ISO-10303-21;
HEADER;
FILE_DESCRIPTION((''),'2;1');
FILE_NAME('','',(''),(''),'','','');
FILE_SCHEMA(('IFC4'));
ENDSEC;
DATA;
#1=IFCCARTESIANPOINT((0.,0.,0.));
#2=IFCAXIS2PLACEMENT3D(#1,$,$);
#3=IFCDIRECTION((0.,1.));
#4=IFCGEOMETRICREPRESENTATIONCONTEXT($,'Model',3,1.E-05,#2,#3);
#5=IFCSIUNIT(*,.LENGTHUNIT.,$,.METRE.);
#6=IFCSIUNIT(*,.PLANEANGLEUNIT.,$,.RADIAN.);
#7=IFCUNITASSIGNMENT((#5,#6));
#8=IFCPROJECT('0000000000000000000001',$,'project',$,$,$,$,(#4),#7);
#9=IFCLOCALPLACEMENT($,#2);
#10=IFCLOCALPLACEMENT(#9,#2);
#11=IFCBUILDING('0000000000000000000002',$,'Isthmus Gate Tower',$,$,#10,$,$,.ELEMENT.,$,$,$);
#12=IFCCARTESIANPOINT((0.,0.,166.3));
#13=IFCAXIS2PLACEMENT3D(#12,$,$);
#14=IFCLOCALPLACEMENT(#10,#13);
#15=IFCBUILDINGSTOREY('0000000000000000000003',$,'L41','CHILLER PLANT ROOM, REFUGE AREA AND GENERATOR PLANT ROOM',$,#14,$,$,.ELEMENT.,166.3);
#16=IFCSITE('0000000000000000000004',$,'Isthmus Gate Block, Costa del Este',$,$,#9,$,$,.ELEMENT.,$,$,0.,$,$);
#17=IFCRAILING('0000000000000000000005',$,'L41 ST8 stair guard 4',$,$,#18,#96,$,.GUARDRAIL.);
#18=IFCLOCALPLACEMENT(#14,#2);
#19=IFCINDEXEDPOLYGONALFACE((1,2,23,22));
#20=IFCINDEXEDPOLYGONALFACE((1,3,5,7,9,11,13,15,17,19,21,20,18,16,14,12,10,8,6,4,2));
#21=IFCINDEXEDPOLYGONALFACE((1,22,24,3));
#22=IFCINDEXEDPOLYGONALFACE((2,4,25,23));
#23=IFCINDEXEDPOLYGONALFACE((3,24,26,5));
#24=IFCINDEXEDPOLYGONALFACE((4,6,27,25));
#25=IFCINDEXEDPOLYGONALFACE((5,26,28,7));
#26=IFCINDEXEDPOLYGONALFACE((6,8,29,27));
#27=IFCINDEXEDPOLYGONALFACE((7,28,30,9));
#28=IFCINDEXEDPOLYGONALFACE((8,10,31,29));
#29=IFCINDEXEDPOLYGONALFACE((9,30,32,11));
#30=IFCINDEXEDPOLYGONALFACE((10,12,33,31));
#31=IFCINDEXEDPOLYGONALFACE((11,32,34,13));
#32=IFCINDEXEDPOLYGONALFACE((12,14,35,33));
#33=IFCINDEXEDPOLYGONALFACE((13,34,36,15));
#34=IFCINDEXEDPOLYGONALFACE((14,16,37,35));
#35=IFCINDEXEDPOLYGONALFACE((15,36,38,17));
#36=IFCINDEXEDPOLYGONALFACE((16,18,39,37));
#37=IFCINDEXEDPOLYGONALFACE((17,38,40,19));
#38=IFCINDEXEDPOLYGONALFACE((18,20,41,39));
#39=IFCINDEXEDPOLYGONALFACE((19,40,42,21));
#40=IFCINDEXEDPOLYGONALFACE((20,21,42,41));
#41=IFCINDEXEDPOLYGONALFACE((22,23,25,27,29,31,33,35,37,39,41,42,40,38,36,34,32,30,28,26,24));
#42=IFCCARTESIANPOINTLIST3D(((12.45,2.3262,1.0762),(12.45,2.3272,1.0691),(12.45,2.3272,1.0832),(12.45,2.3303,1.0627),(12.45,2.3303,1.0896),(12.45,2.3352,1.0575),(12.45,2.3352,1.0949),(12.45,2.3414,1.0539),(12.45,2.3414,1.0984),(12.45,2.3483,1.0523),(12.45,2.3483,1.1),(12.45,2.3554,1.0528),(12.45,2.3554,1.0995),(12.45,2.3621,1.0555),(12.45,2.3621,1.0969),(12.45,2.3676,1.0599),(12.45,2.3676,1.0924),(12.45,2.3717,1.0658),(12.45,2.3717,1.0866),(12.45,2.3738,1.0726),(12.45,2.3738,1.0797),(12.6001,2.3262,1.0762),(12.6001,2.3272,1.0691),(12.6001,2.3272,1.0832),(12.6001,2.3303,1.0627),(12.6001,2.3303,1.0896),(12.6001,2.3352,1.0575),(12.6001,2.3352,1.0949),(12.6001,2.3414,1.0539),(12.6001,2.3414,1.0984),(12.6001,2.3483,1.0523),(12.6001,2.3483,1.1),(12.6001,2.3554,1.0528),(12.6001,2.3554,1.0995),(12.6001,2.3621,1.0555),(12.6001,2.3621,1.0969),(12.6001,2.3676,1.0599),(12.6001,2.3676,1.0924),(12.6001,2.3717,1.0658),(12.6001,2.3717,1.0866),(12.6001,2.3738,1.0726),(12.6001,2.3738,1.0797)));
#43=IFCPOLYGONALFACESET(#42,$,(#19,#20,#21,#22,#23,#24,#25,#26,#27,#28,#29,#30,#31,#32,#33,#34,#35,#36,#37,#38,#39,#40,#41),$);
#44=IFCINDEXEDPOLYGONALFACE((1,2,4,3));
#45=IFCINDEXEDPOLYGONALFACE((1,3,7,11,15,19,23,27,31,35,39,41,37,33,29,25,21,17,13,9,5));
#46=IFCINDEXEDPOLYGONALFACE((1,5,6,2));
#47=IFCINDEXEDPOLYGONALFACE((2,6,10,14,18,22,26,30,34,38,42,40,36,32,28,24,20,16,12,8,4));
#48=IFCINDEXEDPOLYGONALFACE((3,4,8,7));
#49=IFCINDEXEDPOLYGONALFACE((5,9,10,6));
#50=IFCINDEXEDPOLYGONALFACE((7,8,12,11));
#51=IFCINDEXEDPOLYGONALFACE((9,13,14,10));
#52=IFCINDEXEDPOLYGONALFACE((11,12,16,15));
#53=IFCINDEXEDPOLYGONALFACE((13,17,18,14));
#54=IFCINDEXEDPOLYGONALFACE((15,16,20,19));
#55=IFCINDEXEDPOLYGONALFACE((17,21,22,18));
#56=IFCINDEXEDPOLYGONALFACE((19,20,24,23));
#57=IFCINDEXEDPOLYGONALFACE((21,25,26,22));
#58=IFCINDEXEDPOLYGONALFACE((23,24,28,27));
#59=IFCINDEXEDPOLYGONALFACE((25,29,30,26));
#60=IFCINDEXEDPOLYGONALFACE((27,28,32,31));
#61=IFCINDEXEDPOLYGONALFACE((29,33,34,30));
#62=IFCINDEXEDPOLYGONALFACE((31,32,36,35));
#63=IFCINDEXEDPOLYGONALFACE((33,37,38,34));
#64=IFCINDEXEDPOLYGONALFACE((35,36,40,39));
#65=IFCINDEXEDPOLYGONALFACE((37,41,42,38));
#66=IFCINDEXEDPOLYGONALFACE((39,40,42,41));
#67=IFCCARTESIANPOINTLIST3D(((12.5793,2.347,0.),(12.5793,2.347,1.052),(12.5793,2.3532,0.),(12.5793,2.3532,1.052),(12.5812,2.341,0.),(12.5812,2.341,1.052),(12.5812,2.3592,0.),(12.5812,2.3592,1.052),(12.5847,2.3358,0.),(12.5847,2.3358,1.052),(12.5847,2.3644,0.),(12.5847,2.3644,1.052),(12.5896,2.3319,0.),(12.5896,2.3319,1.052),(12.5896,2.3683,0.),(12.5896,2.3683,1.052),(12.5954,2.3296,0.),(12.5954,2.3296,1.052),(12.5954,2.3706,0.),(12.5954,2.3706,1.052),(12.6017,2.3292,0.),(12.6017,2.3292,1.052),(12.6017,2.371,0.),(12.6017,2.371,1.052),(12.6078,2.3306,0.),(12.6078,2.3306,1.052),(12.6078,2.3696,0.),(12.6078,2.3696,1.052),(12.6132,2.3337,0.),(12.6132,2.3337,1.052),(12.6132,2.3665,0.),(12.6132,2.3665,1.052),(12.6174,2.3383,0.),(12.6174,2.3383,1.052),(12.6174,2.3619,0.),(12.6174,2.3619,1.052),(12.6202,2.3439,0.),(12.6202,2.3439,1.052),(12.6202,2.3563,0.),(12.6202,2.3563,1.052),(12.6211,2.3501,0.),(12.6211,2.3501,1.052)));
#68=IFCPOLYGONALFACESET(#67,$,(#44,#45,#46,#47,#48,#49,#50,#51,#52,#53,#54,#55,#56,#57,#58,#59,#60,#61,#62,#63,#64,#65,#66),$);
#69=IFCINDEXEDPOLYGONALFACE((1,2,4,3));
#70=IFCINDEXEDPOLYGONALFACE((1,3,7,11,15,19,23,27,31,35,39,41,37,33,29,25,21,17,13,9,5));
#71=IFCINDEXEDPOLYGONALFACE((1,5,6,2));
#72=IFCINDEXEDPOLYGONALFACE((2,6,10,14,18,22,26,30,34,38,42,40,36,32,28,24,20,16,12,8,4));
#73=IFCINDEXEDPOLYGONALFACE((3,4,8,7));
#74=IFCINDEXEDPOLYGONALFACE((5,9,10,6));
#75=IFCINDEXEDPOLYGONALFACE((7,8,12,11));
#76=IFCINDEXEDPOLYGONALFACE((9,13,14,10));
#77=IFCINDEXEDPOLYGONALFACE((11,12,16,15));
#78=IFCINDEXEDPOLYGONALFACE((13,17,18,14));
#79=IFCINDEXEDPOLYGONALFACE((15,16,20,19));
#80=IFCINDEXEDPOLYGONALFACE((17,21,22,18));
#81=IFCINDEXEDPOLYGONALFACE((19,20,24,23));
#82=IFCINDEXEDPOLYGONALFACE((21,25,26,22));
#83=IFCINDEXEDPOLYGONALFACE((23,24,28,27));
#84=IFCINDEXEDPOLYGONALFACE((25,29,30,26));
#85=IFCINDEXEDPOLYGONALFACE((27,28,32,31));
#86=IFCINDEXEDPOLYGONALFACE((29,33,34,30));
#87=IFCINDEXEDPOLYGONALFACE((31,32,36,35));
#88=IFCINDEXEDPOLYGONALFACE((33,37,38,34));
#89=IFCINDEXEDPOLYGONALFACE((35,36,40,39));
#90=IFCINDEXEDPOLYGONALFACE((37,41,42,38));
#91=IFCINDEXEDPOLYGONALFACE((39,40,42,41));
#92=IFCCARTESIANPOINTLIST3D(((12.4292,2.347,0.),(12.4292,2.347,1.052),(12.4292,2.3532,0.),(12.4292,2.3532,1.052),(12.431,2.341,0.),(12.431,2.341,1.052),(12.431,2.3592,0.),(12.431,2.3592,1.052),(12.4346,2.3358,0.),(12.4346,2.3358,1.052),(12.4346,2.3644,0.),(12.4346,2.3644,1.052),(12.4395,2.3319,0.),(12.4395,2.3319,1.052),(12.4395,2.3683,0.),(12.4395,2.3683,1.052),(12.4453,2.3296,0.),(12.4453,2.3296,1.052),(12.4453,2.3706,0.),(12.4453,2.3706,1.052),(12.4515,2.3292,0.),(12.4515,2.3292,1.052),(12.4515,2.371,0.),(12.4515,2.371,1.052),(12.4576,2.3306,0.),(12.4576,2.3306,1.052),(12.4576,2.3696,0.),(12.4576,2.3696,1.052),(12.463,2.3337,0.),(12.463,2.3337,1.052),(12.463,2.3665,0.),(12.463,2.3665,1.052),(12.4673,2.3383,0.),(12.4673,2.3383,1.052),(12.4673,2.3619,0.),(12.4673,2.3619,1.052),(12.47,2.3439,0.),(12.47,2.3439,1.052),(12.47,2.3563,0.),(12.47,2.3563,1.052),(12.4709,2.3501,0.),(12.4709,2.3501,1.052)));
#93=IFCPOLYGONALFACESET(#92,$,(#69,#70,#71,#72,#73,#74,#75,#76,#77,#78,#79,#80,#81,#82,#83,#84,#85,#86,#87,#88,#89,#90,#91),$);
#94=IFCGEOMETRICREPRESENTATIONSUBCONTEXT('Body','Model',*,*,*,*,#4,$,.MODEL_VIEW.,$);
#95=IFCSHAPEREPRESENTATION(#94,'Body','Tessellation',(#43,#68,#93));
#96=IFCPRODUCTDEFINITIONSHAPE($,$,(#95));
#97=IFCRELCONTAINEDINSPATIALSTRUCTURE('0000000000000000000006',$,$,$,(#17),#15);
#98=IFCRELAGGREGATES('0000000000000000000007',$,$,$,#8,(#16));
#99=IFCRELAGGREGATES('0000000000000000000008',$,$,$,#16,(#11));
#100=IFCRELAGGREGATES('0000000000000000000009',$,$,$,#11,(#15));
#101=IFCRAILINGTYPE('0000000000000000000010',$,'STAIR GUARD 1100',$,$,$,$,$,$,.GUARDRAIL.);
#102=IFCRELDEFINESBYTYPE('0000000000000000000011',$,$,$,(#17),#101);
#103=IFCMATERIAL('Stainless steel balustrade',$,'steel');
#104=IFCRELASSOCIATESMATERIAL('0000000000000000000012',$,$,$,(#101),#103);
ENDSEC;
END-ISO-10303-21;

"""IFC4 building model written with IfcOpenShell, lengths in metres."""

from ifc_helpers import new_model, si_unit, direction, frame, origin, origin_2d, place, context, subcontext, project, spatial, circle, extrude, material, type_object, element, save


model = new_model("IFC4")

# Units and contexts
model_context = context("Model", 3, precision=1e-05, world=origin(), true_north=direction((0.0, 1.0)))
body_context = subcontext(model_context, "Body", "Model", "MODEL_VIEW")
ifc_project = project(units=[si_unit("LENGTHUNIT", "METRE"), si_unit("PLANEANGLEUNIT", "RADIAN")], contexts=[model_context])

# Site, building, storey
site_placement = place(None, origin())
site = spatial("IfcSite", under=ifc_project, at=site_placement, Name="Isthmus Gate Block, Costa del Este", CompositionType="ELEMENT", RefElevation=0.0)
building_placement = place(site_placement, origin())
building = spatial("IfcBuilding", under=site, at=building_placement, Name="Isthmus Gate Tower", CompositionType="ELEMENT")
storey_placement = place(building_placement, frame((0.0, 0.0, 166.3)))
storey = spatial("IfcBuildingStorey", under=building, at=storey_placement, Name="L41", Description="CHILLER PLANT ROOM, REFUGE AREA AND GENERATOR PLANT ROOM", CompositionType="ELEMENT", Elevation=166.3)

# Railing
ifc_material_1 = material(Name="Stainless steel balustrade", Category="steel")
railing_type_1 = type_object("IfcRailingType", Name="STAIR GUARD 1100", PredefinedType="GUARDRAIL", material=ifc_material_1)
railing_1_placement = place(storey_placement, frame((12.6001, 2.3501, 0.0)))
element("IfcRailing", 1, at=railing_1_placement, inside=storey, type_object=railing_type_1, Name="L41 ST8 stair guard 4", PredefinedType="GUARDRAIL", context=body_context, shape_type="SweptSolid", body=[
    extrude(circle(Radius=0.0239, at=origin_2d()), frame((0.0, 0.0, 1.0762), z_axis=(-1.0, 0.0, 0.0), x_axis=(0.0, -1.0, 0.0)), (0.0, 0.0, 1.0), 0.1501),
    extrude(circle(Radius=0.021, at=origin_2d()), origin(), (0.0, 0.0, 1.0), 1.052),
    extrude(circle(Radius=0.021, at=origin_2d()), frame((-0.1501, 0.0, 0.0)), (0.0, 0.0, 1.0), 1.052),
])

save(model, "model.ifc")
